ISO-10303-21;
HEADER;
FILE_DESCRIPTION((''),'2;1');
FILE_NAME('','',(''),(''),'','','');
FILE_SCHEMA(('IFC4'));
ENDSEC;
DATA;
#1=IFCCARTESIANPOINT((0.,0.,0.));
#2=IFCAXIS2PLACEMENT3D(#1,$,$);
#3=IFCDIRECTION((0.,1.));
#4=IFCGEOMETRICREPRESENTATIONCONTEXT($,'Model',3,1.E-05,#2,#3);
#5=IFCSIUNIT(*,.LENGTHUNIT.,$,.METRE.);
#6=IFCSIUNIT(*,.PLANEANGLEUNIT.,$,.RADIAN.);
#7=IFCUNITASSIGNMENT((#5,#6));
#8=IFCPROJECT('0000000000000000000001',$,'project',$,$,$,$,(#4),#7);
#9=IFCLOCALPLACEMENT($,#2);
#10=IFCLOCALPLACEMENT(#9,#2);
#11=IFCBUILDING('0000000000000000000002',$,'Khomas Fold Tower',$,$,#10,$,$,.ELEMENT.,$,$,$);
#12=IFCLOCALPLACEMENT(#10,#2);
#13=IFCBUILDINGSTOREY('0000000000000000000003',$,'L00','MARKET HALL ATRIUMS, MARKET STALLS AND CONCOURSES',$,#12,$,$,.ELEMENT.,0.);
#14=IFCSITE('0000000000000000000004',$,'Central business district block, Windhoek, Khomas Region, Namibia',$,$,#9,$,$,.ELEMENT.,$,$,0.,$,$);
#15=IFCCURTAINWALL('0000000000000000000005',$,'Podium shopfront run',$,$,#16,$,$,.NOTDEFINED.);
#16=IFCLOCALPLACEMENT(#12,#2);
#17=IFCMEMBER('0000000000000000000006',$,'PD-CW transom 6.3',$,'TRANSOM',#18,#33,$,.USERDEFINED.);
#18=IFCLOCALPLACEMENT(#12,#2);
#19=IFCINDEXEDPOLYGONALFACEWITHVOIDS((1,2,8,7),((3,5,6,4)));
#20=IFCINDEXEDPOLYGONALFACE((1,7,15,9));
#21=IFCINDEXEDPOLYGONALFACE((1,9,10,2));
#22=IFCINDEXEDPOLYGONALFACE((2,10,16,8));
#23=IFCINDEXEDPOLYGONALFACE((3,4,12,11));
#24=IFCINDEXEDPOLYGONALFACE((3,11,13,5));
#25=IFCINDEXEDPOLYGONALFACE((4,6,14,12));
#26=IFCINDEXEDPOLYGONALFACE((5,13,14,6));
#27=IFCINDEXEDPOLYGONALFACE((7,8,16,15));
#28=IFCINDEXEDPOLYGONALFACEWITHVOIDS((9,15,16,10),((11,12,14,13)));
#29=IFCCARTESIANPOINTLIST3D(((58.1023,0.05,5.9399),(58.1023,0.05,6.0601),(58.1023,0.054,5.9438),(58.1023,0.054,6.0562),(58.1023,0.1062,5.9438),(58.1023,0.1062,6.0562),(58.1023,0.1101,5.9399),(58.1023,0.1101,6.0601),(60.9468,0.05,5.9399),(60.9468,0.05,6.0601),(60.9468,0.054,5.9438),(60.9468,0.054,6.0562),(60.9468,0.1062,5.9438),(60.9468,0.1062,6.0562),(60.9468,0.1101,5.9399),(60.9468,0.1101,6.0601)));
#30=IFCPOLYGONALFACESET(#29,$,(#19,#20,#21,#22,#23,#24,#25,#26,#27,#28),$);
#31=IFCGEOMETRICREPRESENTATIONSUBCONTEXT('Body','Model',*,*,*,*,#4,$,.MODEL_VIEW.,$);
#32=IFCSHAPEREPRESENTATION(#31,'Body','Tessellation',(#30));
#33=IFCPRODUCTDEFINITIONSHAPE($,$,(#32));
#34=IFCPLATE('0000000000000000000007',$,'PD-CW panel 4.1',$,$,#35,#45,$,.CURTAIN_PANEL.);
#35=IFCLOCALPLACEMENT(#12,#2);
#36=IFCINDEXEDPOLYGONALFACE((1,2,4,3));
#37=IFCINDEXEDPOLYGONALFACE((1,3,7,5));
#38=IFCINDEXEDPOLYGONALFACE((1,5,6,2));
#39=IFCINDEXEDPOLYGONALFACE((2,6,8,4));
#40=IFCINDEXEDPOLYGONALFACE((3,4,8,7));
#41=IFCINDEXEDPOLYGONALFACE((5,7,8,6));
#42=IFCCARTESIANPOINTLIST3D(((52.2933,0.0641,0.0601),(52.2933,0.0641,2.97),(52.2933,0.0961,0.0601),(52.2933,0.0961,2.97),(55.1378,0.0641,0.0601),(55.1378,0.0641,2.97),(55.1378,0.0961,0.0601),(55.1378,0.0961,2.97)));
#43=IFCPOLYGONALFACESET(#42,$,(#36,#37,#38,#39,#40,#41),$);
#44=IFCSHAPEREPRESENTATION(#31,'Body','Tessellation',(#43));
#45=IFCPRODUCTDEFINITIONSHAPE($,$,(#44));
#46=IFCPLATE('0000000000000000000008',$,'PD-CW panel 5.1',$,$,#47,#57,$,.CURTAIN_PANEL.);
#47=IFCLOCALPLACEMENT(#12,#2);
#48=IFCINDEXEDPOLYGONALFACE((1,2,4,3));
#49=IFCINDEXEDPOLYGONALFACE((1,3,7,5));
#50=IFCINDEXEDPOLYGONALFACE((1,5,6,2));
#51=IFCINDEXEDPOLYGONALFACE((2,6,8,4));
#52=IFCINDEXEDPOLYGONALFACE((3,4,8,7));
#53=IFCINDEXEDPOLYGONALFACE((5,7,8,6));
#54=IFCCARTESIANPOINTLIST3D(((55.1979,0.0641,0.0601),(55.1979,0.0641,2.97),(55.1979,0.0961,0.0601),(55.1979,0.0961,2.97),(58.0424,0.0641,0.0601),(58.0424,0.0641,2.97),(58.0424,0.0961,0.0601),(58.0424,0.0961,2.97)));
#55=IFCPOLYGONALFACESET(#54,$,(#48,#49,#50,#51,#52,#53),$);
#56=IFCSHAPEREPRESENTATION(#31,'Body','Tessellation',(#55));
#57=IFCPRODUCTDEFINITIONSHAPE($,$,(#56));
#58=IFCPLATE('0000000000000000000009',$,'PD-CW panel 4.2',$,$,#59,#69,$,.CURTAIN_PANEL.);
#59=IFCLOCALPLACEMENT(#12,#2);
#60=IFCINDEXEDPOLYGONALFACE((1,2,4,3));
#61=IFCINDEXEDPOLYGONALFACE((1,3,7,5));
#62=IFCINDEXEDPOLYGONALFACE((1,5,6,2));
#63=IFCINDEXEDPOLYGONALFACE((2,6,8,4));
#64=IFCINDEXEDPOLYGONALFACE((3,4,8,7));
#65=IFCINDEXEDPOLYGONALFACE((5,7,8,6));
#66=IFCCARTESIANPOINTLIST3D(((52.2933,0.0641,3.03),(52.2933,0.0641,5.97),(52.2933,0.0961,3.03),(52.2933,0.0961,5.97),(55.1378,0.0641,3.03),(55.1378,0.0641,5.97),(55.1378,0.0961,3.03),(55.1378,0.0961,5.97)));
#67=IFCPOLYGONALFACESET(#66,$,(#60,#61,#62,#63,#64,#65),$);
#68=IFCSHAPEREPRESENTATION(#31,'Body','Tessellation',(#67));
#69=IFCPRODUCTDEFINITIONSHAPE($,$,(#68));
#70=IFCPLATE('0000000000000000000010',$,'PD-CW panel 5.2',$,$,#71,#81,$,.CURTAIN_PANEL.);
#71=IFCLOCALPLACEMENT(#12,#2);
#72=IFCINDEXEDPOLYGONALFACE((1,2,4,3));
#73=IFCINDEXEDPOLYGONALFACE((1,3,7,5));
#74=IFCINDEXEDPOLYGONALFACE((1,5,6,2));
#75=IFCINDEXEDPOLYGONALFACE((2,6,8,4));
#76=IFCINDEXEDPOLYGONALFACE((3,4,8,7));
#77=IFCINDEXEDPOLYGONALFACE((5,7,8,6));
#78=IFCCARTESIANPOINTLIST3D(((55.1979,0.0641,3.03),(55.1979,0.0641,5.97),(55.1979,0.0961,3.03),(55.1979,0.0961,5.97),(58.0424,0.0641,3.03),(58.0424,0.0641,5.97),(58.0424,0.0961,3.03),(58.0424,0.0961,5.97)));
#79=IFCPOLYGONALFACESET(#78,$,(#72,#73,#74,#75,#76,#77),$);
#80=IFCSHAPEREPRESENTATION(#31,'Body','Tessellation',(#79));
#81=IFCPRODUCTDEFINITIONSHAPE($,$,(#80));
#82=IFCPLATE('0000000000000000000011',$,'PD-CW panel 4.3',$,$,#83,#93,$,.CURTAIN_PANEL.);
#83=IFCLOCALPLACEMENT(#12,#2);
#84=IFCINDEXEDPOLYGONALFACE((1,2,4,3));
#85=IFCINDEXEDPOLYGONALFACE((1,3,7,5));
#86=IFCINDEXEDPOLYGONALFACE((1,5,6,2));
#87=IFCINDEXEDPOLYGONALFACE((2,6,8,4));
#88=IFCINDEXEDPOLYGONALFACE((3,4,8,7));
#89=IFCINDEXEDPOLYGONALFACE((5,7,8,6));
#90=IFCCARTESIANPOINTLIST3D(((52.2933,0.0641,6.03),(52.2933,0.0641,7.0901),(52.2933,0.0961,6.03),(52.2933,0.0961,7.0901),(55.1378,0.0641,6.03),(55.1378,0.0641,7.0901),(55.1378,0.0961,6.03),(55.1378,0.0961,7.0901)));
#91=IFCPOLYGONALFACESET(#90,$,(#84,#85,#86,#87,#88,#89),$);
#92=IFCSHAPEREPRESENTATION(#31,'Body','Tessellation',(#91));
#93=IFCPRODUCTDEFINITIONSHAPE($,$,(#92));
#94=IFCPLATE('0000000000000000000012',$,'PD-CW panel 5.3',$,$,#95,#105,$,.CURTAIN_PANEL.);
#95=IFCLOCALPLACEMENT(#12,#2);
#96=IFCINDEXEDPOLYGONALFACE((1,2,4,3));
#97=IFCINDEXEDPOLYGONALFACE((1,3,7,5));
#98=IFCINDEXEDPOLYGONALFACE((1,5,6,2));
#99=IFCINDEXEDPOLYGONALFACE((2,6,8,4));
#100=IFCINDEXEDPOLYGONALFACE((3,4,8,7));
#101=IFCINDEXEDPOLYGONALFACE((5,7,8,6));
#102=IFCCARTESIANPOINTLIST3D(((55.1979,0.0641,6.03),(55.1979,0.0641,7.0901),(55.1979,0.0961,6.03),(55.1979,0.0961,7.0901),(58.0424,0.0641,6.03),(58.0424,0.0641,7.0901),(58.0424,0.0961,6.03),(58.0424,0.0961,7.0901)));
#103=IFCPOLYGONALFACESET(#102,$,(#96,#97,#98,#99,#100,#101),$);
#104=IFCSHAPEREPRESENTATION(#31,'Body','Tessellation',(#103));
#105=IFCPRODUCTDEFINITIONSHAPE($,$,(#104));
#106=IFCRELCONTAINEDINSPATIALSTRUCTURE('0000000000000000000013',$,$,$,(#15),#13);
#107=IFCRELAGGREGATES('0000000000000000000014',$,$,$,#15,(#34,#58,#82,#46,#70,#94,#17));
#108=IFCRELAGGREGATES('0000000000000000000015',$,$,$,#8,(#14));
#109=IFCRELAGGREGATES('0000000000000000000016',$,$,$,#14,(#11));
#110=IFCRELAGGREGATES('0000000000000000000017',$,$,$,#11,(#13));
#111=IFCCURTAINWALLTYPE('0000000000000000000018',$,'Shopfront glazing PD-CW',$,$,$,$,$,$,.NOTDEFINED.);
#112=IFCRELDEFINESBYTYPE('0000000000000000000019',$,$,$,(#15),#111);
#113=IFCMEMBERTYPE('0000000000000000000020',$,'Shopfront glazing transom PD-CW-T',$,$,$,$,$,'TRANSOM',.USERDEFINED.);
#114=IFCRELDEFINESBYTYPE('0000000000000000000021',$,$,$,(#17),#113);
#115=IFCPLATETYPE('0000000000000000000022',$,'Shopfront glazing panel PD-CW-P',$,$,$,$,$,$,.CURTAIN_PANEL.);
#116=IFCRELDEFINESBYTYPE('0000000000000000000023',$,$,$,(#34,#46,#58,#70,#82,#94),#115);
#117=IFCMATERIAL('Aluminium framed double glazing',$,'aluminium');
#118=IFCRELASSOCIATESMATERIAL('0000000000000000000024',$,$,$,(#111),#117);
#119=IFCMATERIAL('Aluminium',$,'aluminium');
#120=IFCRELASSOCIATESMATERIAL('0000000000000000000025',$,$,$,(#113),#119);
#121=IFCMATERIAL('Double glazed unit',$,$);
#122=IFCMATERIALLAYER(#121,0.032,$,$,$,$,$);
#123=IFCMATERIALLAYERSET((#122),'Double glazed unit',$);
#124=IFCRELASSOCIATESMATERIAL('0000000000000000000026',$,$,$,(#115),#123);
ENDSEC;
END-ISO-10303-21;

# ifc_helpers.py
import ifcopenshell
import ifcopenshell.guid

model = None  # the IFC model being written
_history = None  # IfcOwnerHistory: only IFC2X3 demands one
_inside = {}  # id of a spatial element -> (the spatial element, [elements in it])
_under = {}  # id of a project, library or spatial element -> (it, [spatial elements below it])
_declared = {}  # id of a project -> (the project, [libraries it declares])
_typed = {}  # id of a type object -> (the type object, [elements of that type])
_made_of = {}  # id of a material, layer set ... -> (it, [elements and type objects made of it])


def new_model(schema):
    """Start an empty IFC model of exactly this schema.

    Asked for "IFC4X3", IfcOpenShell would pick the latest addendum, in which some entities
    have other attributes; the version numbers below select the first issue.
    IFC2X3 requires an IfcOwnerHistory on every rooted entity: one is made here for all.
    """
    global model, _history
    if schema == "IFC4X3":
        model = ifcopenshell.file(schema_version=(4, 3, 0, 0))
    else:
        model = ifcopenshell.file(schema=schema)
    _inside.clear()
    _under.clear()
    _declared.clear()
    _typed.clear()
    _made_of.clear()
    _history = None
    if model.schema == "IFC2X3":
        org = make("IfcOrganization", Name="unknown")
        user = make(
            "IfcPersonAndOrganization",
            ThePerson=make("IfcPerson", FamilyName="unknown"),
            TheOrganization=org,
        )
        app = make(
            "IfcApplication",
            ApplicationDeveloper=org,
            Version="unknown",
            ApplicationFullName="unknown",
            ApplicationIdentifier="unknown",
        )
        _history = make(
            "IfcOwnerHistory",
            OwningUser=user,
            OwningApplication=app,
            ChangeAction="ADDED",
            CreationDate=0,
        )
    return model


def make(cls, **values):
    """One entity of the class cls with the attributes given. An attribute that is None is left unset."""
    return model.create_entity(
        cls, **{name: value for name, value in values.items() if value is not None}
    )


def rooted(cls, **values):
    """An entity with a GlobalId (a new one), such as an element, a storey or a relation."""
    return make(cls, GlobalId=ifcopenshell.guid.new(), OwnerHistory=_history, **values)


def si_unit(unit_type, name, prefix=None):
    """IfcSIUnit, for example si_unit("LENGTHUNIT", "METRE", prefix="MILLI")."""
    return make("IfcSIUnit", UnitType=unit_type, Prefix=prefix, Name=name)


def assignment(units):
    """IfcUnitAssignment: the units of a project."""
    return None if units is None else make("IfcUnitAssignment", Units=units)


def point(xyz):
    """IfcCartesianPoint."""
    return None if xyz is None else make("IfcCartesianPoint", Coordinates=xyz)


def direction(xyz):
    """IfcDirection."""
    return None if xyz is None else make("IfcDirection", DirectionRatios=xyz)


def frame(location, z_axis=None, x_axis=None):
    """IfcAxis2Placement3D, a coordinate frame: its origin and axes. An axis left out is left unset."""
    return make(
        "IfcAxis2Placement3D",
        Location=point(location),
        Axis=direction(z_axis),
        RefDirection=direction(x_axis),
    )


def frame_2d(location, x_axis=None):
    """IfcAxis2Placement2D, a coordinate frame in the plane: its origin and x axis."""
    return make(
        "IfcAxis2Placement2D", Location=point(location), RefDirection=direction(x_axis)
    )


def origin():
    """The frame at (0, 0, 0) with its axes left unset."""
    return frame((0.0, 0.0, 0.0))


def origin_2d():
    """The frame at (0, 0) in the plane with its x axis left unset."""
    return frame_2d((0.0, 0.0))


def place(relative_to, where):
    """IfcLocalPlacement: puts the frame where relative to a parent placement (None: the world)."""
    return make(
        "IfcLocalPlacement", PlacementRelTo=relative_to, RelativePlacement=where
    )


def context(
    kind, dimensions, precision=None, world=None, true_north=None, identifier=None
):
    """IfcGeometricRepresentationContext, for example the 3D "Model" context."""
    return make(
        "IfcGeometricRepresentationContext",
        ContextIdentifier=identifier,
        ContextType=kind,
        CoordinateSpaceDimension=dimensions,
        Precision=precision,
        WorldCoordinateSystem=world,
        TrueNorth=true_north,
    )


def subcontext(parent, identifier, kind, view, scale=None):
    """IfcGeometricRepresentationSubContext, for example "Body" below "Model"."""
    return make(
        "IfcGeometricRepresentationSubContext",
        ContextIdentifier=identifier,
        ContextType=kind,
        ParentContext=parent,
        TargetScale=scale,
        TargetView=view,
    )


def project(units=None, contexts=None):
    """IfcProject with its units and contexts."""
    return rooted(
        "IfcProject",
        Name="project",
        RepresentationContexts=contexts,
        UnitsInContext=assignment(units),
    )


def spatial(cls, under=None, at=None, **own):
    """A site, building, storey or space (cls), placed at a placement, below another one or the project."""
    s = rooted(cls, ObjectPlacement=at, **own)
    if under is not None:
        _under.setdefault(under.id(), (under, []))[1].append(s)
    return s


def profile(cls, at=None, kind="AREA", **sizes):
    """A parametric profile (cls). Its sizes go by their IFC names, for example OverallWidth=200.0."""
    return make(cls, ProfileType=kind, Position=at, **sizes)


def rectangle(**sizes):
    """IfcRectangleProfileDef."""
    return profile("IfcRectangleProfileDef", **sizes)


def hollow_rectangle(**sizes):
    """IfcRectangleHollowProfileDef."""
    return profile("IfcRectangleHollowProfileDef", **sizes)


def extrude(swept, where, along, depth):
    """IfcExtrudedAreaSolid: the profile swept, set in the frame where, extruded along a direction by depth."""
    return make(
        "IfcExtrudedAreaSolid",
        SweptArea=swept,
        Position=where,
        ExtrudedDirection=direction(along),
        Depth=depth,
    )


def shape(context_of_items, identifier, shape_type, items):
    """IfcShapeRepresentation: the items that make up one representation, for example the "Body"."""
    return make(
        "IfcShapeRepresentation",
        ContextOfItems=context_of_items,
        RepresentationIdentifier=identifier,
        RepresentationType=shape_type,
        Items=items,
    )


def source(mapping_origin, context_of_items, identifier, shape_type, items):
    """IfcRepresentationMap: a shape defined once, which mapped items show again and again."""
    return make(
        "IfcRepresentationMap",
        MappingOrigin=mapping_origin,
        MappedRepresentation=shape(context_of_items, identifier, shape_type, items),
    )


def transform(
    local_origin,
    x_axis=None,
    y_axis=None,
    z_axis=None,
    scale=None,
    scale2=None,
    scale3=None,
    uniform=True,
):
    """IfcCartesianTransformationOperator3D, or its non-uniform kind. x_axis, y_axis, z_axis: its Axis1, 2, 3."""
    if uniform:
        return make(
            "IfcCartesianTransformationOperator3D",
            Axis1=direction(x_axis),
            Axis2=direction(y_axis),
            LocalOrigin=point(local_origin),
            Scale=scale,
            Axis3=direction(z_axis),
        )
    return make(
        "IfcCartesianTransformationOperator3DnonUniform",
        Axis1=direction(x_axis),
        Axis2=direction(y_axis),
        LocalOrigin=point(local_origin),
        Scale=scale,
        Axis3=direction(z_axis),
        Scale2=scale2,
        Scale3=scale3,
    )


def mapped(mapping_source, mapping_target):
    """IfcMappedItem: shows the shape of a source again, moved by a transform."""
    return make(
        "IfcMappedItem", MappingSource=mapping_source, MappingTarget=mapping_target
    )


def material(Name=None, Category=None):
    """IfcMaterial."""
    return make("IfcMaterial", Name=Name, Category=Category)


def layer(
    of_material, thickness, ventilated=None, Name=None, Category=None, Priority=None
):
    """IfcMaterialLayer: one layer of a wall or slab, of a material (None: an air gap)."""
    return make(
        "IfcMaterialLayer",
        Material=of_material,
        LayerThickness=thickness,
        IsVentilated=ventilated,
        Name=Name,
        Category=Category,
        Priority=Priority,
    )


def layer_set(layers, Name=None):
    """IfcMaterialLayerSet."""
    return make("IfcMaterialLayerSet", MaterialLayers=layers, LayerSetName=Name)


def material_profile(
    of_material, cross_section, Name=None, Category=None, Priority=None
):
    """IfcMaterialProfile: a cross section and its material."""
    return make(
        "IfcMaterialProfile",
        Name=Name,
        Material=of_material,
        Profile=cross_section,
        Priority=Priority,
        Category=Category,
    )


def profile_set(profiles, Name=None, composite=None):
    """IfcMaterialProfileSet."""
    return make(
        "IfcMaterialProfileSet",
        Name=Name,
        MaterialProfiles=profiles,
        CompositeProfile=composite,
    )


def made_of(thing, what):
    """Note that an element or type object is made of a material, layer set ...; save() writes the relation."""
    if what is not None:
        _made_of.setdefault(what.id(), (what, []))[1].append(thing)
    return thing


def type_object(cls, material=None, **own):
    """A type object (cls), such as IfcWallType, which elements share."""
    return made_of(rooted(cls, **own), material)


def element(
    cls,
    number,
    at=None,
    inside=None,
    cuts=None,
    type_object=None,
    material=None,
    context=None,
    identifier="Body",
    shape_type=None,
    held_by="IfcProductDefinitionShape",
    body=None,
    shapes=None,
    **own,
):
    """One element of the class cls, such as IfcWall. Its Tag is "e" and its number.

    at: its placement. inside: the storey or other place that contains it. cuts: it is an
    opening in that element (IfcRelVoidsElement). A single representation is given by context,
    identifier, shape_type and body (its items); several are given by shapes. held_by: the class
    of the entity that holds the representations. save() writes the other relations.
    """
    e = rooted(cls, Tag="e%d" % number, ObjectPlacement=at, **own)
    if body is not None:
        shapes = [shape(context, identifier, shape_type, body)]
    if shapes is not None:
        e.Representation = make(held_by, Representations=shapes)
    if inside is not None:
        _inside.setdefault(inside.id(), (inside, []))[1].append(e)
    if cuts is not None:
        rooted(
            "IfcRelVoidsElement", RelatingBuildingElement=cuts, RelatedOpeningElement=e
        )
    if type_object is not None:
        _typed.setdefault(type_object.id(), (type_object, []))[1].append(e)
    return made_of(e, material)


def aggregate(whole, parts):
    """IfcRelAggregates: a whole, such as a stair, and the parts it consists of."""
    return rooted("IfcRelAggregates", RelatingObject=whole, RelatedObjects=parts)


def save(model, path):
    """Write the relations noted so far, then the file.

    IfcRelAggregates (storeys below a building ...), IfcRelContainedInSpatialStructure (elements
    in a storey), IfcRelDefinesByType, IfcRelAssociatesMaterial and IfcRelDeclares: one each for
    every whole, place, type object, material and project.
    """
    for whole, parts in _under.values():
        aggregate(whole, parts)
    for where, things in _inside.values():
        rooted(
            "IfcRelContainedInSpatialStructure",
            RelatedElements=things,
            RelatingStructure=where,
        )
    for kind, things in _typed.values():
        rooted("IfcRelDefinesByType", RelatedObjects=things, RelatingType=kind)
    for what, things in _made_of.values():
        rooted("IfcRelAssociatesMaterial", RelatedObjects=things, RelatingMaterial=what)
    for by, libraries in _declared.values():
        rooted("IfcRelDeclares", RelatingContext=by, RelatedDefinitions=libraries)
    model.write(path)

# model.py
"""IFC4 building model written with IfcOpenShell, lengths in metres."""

from ifc_helpers import new_model, si_unit, direction, frame, origin, origin_2d, place, context, subcontext, project, spatial, rectangle, hollow_rectangle, extrude, source, transform, mapped, material, layer, layer_set, material_profile, profile_set, type_object, element, aggregate, save


model = new_model("IFC4")

# Units and contexts
model_context = context("Model", 3, precision=1e-05, world=origin(), true_north=direction((0.0, 1.0)))
body_context = subcontext(model_context, "Body", "Model", "MODEL_VIEW")
ifc_project = project(units=[si_unit("LENGTHUNIT", "METRE"), si_unit("PLANEANGLEUNIT", "RADIAN")], contexts=[model_context])

# Site, building, storey
site_placement = place(None, origin())
site = spatial("IfcSite", under=ifc_project, at=site_placement, Name="Central business district block, Windhoek, Khomas Region, Namibia", CompositionType="ELEMENT", RefElevation=0.0)
building_placement = place(site_placement, origin())
building = spatial("IfcBuilding", under=site, at=building_placement, Name="Khomas Fold Tower", CompositionType="ELEMENT")
storey_placement = place(building_placement, origin())
storey = spatial("IfcBuildingStorey", under=building, at=storey_placement, Name="L00", Description="MARKET HALL ATRIUMS, MARKET STALLS AND CONCOURSES", CompositionType="ELEMENT", Elevation=0.0)

# Curtain wall, member, plates
ifc_material_1 = material(Name="Aluminium framed double glazing", Category="aluminium")
curtain_wall_type = type_object("IfcCurtainWallType", Name="Shopfront glazing PD-CW", PredefinedType="NOTDEFINED", material=ifc_material_1)
curtain_wall_placement = place(storey_placement, origin())
curtain_wall = element("IfcCurtainWall", 1, at=curtain_wall_placement, inside=storey, type_object=curtain_wall_type, Name="Podium shopfront run", PredefinedType="NOTDEFINED")
ifc_material_2 = material(Name="Aluminium", Category="aluminium")
ifc_material_profile_1 = material_profile(ifc_material_2, hollow_rectangle(XDim=0.0601, YDim=0.1201, WallThickness=0.0039, at=origin_2d()), Name="Shopfront glazing transom PD-CW-T")
ifc_profile_set_1 = profile_set([ifc_material_profile_1], Name="Aluminium")
member_type_1 = type_object("IfcMemberType", Name="Shopfront glazing transom PD-CW-T", ElementType="TRANSOM", PredefinedType="USERDEFINED", material=ifc_profile_set_1)
shared_shape_1 = source(origin(), body_context, "Body", "SweptSolid", [
    extrude(hollow_rectangle(XDim=0.0601, YDim=0.1201, WallThickness=0.0039, at=origin_2d()), origin(), (0.0, 0.0, 1.0), 2.8445),
])
member_1_placement = place(storey_placement, frame((58.1023, 0.0801, 6.0), z_axis=(1.0, 0.0, 0.0), x_axis=(0.0, 1.0, 0.0)))
member_1 = element("IfcMember", 2, at=member_1_placement, type_object=member_type_1, Name="PD-CW transom 6.3", ObjectType="TRANSOM", PredefinedType="USERDEFINED", context=body_context, shape_type="MappedRepresentation", body=[
    mapped(shared_shape_1, transform((0.0, 0.0, 0.0))),
])
ifc_material_3 = material(Name="Double glazed unit")
ifc_layer = layer(ifc_material_3, 0.032)
ifc_layer_set = layer_set([ifc_layer], Name="Double glazed unit")
plate_type = type_object("IfcPlateType", Name="Shopfront glazing panel PD-CW-P", PredefinedType="CURTAIN_PANEL", material=ifc_layer_set)
shared_shape_2 = source(origin(), body_context, "Body", "SweptSolid", [
    extrude(rectangle(XDim=2.8445, YDim=0.032, at=origin_2d()), origin(), (0.0, 0.0, 1.0), 2.9099),
])
plate_1_placement = place(storey_placement, frame((53.7156, 0.0801, 0.0601), z_axis=(0.0, 0.0, 1.0), x_axis=(1.0, 0.0, 0.0)))
plate_1 = element("IfcPlate", 3, at=plate_1_placement, type_object=plate_type, Name="PD-CW panel 4.1", PredefinedType="CURTAIN_PANEL", context=body_context, shape_type="MappedRepresentation", body=[
    mapped(shared_shape_2, transform((0.0, 0.0, 0.0))),
])
plate_2_placement = place(storey_placement, frame((56.6201, 0.0801, 0.0601), z_axis=(0.0, 0.0, 1.0), x_axis=(1.0, 0.0, 0.0)))
plate_2 = element("IfcPlate", 4, at=plate_2_placement, type_object=plate_type, Name="PD-CW panel 5.1", PredefinedType="CURTAIN_PANEL", context=body_context, shape_type="MappedRepresentation", body=[
    mapped(shared_shape_2, transform((0.0, 0.0, 0.0))),
])
shared_shape_3 = source(origin(), body_context, "Body", "SweptSolid", [
    extrude(rectangle(XDim=2.8445, YDim=0.032, at=origin_2d()), origin(), (0.0, 0.0, 1.0), 2.9399),
])
plate_3_placement = place(storey_placement, frame((53.7156, 0.0801, 3.03), z_axis=(0.0, 0.0, 1.0), x_axis=(1.0, 0.0, 0.0)))
plate_3 = element("IfcPlate", 5, at=plate_3_placement, type_object=plate_type, Name="PD-CW panel 4.2", PredefinedType="CURTAIN_PANEL", context=body_context, shape_type="MappedRepresentation", body=[
    mapped(shared_shape_3, transform((0.0, 0.0, 0.0))),
])
plate_4_placement = place(storey_placement, frame((56.6201, 0.0801, 3.03), z_axis=(0.0, 0.0, 1.0), x_axis=(1.0, 0.0, 0.0)))
plate_4 = element("IfcPlate", 6, at=plate_4_placement, type_object=plate_type, Name="PD-CW panel 5.2", PredefinedType="CURTAIN_PANEL", context=body_context, shape_type="MappedRepresentation", body=[
    mapped(shared_shape_3, transform((0.0, 0.0, 0.0))),
])
shared_shape_4 = source(origin(), body_context, "Body", "SweptSolid", [
    extrude(rectangle(XDim=2.8445, YDim=0.032, at=origin_2d()), origin(), (0.0, 0.0, 1.0), 1.0601),
])
plate_5_placement = place(storey_placement, frame((53.7156, 0.0801, 6.03), z_axis=(0.0, 0.0, 1.0), x_axis=(1.0, 0.0, 0.0)))
plate_5 = element("IfcPlate", 7, at=plate_5_placement, type_object=plate_type, Name="PD-CW panel 4.3", PredefinedType="CURTAIN_PANEL", context=body_context, shape_type="MappedRepresentation", body=[
    mapped(shared_shape_4, transform((0.0, 0.0, 0.0))),
])
plate_6_placement = place(storey_placement, frame((56.6201, 0.0801, 6.03), z_axis=(0.0, 0.0, 1.0), x_axis=(1.0, 0.0, 0.0)))
plate_6 = element("IfcPlate", 8, at=plate_6_placement, type_object=plate_type, Name="PD-CW panel 5.3", PredefinedType="CURTAIN_PANEL", context=body_context, shape_type="MappedRepresentation", body=[
    mapped(shared_shape_4, transform((0.0, 0.0, 0.0))),
])
aggregate(curtain_wall, [plate_1, plate_3, plate_5, plate_2, plate_4, plate_6, member_1])

save(model, "model.ifc")
